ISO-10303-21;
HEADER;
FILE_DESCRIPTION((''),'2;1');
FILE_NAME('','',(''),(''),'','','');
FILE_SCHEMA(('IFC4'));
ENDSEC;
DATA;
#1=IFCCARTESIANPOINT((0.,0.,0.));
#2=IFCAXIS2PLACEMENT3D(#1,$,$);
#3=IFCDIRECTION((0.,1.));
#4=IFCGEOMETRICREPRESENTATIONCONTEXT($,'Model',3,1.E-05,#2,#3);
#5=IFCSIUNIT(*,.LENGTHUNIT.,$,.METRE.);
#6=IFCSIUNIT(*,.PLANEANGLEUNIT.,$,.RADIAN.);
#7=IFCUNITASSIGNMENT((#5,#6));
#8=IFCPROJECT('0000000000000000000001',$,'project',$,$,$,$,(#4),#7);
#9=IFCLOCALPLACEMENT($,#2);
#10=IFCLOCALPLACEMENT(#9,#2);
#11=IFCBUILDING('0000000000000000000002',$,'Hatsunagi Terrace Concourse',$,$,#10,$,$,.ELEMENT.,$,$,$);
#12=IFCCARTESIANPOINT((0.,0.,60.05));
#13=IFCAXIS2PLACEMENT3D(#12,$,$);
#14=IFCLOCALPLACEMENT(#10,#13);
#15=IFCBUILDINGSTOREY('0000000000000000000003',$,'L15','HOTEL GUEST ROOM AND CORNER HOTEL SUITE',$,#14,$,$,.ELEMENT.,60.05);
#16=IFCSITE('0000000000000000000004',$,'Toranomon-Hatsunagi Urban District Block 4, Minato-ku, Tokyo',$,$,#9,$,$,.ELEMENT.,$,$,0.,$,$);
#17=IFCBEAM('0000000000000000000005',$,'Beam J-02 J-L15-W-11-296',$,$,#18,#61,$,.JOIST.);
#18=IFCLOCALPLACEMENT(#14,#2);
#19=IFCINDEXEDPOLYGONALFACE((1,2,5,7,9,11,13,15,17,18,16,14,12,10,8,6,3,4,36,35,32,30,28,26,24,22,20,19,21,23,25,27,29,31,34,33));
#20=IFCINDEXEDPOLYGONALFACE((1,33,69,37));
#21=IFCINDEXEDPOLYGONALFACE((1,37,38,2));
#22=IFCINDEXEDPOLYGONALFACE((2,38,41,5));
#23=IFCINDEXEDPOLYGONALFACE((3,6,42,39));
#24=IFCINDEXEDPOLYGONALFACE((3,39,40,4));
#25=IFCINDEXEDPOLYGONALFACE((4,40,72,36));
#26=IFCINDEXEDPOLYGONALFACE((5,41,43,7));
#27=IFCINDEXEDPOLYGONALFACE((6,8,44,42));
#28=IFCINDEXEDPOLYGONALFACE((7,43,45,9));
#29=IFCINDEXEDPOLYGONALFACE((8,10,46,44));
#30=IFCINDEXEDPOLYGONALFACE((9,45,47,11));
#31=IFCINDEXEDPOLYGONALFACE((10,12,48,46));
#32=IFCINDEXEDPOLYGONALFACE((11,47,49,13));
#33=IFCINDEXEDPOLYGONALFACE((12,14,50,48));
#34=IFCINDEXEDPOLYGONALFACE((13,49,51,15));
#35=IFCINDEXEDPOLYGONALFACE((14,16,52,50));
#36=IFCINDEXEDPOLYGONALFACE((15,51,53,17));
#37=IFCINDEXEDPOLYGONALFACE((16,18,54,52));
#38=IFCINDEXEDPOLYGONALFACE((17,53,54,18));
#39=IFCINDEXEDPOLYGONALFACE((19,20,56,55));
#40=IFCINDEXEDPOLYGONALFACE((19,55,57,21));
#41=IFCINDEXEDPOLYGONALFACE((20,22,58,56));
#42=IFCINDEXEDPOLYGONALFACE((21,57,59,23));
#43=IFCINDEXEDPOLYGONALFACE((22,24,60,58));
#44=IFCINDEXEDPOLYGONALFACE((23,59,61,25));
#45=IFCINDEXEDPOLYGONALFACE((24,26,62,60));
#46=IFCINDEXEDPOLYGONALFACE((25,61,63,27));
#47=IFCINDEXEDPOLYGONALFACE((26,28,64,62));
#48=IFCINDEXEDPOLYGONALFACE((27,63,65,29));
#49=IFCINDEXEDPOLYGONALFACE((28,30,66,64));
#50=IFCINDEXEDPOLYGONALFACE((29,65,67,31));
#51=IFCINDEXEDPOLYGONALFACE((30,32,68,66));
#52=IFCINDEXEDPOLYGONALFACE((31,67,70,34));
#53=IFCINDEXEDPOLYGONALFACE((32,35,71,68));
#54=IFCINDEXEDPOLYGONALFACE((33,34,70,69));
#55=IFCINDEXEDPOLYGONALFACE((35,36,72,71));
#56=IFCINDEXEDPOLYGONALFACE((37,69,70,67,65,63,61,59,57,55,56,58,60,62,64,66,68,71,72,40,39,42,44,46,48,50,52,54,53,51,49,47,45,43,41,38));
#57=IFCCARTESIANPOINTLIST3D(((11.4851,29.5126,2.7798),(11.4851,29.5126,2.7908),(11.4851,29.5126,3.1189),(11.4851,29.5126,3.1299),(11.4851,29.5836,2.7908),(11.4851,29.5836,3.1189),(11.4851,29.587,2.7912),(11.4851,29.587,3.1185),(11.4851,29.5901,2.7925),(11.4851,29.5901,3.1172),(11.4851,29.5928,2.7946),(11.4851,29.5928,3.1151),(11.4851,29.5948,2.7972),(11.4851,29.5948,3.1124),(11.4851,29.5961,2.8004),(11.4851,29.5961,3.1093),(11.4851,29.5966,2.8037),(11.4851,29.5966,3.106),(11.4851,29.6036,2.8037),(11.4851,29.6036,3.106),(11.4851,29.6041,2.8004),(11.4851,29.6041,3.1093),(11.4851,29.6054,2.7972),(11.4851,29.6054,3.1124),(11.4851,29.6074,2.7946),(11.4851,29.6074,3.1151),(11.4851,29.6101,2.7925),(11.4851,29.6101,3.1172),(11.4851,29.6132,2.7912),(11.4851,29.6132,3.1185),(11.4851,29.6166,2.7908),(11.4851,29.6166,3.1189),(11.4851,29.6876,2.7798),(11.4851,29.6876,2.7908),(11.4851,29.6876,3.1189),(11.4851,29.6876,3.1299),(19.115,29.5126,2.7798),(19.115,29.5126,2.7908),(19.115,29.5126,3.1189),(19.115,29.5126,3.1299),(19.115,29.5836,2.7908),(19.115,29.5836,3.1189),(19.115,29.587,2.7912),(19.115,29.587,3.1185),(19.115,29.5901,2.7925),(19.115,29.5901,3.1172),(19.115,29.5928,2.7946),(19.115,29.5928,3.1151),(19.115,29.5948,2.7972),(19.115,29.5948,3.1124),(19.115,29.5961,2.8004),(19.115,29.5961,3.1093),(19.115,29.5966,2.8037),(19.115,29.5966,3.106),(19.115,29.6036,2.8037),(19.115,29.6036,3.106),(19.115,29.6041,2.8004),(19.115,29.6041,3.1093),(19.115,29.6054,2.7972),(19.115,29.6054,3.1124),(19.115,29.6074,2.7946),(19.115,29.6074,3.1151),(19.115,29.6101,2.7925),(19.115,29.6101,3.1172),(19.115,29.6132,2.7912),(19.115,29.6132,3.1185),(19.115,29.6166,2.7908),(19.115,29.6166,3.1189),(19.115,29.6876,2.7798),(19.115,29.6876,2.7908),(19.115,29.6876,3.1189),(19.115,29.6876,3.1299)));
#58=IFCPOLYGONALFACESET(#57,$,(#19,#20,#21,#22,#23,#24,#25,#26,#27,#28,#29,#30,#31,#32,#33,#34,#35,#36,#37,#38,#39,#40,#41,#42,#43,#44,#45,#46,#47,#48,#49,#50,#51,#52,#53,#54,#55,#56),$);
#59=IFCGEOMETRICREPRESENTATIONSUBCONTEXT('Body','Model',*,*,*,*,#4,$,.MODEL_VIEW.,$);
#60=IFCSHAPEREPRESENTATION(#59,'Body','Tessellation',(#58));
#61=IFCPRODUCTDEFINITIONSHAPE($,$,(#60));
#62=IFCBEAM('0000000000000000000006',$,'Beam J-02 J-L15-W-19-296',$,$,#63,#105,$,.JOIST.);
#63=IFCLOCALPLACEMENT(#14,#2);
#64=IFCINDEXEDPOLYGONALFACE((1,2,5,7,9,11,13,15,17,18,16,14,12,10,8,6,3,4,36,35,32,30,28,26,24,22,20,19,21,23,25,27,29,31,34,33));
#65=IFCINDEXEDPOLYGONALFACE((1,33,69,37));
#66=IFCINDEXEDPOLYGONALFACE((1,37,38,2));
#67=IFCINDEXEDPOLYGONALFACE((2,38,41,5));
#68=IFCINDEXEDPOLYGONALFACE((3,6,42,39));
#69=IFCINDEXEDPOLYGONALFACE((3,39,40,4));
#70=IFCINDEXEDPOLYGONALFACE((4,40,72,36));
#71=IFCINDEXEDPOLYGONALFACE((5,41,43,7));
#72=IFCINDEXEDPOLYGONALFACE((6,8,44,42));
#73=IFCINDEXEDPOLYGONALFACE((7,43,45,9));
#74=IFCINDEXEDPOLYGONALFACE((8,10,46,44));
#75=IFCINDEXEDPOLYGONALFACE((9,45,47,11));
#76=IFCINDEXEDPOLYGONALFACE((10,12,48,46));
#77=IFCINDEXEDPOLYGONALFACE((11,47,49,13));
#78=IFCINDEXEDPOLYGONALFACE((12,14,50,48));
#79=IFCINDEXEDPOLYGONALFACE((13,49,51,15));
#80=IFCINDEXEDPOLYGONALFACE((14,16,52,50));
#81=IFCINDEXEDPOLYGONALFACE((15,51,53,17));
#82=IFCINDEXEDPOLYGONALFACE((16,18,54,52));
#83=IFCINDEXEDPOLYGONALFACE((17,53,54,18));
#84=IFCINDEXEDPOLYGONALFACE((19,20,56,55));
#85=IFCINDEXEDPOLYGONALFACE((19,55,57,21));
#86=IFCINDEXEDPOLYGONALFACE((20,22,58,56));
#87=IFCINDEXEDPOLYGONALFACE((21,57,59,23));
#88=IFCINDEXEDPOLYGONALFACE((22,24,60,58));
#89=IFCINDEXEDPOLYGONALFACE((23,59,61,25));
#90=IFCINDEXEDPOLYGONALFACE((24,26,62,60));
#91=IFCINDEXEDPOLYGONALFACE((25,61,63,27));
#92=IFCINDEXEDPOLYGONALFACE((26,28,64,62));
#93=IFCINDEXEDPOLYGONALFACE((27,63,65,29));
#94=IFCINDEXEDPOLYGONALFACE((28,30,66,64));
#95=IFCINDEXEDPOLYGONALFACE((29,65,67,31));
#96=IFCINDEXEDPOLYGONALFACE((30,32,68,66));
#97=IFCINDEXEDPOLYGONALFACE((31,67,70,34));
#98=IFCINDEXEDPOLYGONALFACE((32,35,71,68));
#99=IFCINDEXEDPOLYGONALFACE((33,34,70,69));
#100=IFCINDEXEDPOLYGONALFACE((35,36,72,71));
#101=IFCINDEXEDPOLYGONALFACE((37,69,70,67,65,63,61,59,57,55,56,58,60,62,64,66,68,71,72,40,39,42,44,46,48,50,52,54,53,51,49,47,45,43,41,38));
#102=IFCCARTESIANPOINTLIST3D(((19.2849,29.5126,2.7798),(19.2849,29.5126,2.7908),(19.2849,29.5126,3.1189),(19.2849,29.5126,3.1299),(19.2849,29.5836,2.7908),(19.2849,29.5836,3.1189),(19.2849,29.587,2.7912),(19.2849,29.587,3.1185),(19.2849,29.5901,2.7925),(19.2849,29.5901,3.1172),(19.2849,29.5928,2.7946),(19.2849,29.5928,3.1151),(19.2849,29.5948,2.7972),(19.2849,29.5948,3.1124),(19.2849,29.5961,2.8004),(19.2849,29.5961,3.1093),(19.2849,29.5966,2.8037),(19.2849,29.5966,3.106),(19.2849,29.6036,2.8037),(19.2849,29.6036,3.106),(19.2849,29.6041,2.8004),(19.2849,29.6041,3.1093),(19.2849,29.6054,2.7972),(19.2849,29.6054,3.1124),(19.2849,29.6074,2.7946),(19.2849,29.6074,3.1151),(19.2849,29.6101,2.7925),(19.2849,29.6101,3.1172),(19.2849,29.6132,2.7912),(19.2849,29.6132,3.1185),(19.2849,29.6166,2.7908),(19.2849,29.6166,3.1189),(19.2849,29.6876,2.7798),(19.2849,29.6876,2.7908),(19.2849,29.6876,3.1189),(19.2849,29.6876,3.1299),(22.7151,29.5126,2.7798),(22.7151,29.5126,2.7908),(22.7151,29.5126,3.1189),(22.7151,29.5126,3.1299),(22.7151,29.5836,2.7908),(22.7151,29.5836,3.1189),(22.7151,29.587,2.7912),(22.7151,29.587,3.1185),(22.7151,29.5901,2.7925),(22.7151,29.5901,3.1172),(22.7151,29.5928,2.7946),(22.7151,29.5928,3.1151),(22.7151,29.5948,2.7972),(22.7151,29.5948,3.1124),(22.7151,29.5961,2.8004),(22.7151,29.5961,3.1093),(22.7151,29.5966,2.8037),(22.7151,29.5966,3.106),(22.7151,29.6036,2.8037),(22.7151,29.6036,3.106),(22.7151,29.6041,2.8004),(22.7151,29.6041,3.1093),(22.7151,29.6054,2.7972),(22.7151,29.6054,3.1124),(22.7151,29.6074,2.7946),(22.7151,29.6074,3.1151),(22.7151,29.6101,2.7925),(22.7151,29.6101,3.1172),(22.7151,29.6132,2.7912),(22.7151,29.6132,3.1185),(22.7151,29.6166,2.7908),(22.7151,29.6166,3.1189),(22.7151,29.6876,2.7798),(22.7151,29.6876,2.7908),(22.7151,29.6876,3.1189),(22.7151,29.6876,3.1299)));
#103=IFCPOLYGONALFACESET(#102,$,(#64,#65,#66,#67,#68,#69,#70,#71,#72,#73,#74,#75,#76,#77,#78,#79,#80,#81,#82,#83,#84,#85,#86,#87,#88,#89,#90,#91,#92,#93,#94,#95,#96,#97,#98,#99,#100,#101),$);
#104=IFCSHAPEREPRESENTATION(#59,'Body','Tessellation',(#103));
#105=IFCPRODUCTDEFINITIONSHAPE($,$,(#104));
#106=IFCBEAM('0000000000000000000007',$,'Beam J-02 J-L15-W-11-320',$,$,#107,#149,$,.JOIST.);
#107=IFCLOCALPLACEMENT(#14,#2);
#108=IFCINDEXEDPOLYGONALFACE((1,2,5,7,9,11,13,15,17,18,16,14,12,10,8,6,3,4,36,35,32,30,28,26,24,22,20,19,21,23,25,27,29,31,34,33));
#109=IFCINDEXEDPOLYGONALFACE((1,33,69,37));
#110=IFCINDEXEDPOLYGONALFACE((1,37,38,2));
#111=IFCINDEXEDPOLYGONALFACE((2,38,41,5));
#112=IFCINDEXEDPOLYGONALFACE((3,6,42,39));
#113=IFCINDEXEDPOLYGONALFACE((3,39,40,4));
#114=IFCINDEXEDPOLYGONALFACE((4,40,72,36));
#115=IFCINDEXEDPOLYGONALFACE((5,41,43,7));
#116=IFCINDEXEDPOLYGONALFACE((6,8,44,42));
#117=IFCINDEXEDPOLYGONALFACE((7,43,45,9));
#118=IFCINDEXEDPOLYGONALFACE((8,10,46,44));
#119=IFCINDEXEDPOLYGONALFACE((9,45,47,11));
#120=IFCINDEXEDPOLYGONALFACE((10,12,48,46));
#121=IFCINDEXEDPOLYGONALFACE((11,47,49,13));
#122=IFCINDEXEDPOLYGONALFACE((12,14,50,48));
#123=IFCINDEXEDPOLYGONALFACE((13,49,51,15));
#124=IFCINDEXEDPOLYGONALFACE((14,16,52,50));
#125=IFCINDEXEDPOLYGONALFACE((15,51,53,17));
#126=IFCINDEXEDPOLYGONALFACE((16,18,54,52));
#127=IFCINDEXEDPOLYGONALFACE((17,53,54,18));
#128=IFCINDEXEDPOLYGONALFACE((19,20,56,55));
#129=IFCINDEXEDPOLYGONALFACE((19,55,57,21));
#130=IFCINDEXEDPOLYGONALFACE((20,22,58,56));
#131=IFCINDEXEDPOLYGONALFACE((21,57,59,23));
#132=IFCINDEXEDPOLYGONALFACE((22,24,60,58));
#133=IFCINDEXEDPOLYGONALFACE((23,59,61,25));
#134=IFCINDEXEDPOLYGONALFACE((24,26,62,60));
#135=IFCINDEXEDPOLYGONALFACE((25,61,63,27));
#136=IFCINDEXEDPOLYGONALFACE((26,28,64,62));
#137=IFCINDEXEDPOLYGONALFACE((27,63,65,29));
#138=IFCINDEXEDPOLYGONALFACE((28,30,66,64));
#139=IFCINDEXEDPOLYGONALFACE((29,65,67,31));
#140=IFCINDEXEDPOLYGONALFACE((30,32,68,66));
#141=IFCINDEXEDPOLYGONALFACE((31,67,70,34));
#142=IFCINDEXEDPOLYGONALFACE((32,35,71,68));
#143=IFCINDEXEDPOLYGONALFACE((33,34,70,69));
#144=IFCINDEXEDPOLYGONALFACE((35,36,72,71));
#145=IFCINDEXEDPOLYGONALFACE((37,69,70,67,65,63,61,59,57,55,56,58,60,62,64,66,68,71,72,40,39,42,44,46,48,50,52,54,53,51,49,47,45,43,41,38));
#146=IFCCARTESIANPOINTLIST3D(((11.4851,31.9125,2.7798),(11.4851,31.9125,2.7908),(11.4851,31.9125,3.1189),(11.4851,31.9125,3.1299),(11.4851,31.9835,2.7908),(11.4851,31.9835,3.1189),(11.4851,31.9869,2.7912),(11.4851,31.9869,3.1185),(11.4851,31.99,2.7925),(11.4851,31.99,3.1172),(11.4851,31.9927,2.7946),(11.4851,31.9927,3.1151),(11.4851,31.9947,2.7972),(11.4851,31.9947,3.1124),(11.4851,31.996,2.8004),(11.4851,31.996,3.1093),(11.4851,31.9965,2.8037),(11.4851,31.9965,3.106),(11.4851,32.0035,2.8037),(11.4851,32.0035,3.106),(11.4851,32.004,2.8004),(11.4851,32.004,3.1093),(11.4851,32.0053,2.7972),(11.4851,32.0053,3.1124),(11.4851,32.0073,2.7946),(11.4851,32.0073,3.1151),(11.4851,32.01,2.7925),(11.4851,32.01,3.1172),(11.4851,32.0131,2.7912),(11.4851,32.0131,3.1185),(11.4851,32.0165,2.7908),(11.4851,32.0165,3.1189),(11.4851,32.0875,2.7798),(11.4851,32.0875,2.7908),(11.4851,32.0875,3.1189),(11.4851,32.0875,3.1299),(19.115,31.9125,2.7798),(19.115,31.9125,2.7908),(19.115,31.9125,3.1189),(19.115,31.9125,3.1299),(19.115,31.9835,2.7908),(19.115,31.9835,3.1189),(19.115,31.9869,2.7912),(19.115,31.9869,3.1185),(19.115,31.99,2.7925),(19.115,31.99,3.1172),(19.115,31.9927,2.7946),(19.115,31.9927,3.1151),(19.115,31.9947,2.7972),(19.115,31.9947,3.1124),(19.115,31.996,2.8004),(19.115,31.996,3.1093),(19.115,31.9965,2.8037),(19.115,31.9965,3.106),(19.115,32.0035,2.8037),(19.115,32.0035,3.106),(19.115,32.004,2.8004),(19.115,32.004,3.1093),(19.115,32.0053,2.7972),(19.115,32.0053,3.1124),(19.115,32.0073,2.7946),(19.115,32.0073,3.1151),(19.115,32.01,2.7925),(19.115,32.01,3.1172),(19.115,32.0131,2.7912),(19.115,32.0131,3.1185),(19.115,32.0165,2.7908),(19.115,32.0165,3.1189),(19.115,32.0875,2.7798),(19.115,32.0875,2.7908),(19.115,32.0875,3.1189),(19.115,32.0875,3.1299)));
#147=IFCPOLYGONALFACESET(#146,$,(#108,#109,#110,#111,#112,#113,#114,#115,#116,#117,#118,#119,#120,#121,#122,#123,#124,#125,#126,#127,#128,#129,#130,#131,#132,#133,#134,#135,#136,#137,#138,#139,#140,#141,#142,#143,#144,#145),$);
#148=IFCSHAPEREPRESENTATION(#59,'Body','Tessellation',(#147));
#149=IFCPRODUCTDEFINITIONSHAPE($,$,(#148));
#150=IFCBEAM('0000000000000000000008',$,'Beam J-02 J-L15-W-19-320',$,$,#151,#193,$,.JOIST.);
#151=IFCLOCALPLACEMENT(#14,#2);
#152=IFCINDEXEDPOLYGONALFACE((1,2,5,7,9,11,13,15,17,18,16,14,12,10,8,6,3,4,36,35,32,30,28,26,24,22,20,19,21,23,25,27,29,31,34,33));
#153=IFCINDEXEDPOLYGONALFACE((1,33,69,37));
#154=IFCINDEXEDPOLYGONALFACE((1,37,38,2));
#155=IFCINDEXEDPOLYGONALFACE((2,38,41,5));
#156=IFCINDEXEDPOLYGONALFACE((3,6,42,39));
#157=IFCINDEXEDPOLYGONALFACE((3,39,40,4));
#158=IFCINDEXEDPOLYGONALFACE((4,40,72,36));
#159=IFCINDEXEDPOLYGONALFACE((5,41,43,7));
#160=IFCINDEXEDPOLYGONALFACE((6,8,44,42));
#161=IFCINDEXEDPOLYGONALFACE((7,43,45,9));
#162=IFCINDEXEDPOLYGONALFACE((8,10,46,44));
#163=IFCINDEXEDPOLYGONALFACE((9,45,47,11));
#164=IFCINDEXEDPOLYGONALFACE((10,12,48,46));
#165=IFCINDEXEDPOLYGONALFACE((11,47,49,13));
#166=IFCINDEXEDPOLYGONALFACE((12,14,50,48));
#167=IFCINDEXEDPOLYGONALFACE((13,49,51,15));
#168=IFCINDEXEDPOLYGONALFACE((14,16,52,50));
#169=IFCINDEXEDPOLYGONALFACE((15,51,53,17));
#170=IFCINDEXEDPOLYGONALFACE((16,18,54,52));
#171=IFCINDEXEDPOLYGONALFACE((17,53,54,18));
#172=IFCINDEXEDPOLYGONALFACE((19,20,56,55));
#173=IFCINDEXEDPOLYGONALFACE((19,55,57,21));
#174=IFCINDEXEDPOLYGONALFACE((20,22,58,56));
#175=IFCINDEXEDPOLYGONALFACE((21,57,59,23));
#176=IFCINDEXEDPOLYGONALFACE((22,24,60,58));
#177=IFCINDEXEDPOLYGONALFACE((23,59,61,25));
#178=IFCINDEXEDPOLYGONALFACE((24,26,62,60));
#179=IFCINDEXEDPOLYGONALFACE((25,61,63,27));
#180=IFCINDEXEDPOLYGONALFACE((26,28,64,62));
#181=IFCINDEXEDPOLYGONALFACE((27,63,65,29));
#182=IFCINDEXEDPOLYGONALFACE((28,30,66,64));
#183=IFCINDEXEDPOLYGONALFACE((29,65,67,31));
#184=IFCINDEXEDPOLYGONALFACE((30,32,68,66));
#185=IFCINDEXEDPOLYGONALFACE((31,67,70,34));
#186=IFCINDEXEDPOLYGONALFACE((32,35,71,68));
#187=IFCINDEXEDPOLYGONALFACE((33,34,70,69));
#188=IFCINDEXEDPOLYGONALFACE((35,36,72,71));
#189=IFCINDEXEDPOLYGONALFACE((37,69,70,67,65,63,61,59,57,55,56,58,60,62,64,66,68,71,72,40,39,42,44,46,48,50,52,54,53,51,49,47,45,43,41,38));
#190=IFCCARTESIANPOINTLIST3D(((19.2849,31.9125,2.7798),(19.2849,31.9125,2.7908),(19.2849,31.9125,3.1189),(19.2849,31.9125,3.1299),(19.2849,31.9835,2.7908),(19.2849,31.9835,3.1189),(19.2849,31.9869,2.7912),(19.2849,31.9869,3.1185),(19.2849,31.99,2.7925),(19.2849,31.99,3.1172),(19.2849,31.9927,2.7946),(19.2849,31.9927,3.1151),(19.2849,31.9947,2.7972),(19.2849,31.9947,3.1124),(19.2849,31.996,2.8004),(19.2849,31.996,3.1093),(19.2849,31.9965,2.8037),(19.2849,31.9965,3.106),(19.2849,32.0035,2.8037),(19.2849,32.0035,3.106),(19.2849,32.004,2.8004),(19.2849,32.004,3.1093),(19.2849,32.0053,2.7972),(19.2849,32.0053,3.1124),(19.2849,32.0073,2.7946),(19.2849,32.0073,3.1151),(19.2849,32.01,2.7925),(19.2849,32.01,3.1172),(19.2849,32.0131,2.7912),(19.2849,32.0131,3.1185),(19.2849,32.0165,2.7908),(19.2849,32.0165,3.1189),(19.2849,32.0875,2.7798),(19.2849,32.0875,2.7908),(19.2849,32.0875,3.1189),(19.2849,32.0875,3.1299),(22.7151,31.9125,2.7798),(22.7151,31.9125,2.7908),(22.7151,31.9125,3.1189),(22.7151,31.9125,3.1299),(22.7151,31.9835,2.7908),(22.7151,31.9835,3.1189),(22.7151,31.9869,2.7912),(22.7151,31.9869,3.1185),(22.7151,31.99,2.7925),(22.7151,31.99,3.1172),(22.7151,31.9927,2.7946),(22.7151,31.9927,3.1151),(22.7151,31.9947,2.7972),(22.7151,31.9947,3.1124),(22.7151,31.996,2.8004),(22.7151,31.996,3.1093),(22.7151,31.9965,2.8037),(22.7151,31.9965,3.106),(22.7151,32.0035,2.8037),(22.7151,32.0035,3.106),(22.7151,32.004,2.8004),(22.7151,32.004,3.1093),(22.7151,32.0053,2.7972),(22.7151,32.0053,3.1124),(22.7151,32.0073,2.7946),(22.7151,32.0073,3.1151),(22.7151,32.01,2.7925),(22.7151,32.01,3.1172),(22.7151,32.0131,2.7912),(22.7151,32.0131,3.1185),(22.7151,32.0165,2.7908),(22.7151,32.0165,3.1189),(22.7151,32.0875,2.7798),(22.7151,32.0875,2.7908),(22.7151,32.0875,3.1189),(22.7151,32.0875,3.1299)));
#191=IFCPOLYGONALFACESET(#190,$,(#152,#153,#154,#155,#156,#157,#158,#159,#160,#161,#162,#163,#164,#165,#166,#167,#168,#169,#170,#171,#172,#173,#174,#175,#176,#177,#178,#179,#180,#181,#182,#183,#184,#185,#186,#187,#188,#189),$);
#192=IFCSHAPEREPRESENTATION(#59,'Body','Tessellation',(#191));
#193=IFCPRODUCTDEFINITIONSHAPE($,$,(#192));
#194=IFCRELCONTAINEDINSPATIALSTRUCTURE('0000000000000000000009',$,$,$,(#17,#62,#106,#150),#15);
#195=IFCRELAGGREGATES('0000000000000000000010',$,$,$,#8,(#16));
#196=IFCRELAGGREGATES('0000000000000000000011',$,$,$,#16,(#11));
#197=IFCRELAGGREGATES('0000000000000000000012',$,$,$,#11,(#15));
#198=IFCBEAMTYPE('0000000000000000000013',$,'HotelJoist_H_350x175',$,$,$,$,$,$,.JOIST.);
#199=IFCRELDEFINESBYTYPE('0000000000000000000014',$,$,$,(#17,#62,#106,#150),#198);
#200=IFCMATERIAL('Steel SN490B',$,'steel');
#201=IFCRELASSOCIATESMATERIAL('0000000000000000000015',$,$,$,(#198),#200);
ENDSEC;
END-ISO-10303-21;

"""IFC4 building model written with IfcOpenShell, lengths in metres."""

from ifc_helpers import new_model, si_unit, direction, frame, origin, origin_2d, place, context, subcontext, project, spatial, i_section, extrude, material, material_profile, profile_set, type_object, element, save


model = new_model("IFC4")

# Units and contexts
model_context = context("Model", 3, precision=1e-05, world=origin(), true_north=direction((0.0, 1.0)))
body_context = subcontext(model_context, "Body", "Model", "MODEL_VIEW")
ifc_project = project(units=[si_unit("LENGTHUNIT", "METRE"), si_unit("PLANEANGLEUNIT", "RADIAN")], contexts=[model_context])

# Site, building, storey
site_placement = place(None, origin())
site = spatial("IfcSite", under=ifc_project, at=site_placement, Name="Toranomon-Hatsunagi Urban District Block 4, Minato-ku, Tokyo", CompositionType="ELEMENT", RefElevation=0.0)
building_placement = place(site_placement, origin())
building = spatial("IfcBuilding", under=site, at=building_placement, Name="Hatsunagi Terrace Concourse", CompositionType="ELEMENT")
storey_placement = place(building_placement, frame((0.0, 0.0, 60.05)))
storey = spatial("IfcBuildingStorey", under=building, at=storey_placement, Name="L15", Description="HOTEL GUEST ROOM AND CORNER HOTEL SUITE", CompositionType="ELEMENT", Elevation=60.05)

# Beams
ifc_material_1 = material(Name="Steel SN490B", Category="steel")
ifc_material_profile_1 = material_profile(ifc_material_1, i_section(OverallWidth=0.175, OverallDepth=0.3501, WebThickness=0.0071, FlangeThickness=0.011, FilletRadius=0.0129, at=origin_2d()), Name="H-350x175x7x11")
ifc_profile_set_1 = profile_set([ifc_material_profile_1], Name="Steel SN490B")
beam_type_1 = type_object("IfcBeamType", Name="HotelJoist_H_350x175", PredefinedType="JOIST", material=ifc_profile_set_1)
beam_1_placement = place(storey_placement, frame((11.4851, 29.6001, 2.9548), z_axis=(1.0, 0.0, 0.0), x_axis=(0.0, 1.0, 0.0)))
element("IfcBeam", 1, at=beam_1_placement, inside=storey, type_object=beam_type_1, Name="Beam J-02 J-L15-W-11-296", PredefinedType="JOIST", context=body_context, shape_type="SweptSolid", body=[
    extrude(i_section(OverallWidth=0.175, OverallDepth=0.3501, WebThickness=0.0071, FlangeThickness=0.011, FilletRadius=0.0129, at=origin_2d()), origin(), (0.0, 0.0, 1.0), 7.6299),
])
beam_2_placement = place(storey_placement, frame((19.2849, 29.6001, 2.9548), z_axis=(1.0, 0.0, 0.0), x_axis=(0.0, 1.0, 0.0)))
element("IfcBeam", 2, at=beam_2_placement, inside=storey, type_object=beam_type_1, Name="Beam J-02 J-L15-W-19-296", PredefinedType="JOIST", context=body_context, shape_type="SweptSolid", body=[
    extrude(i_section(OverallWidth=0.175, OverallDepth=0.3501, WebThickness=0.0071, FlangeThickness=0.011, FilletRadius=0.0129, at=origin_2d()), origin(), (0.0, 0.0, 1.0), 3.4302),
])
beam_3_placement = place(storey_placement, frame((11.4851, 32.0, 2.9548), z_axis=(1.0, 0.0, 0.0), x_axis=(0.0, 1.0, 0.0)))
element("IfcBeam", 3, at=beam_3_placement, inside=storey, type_object=beam_type_1, Name="Beam J-02 J-L15-W-11-320", PredefinedType="JOIST", context=body_context, shape_type="SweptSolid", body=[
    extrude(i_section(OverallWidth=0.175, OverallDepth=0.3501, WebThickness=0.0071, FlangeThickness=0.011, FilletRadius=0.0129, at=origin_2d()), origin(), (0.0, 0.0, 1.0), 7.6299),
])
beam_4_placement = place(storey_placement, frame((19.2849, 32.0, 2.9548), z_axis=(1.0, 0.0, 0.0), x_axis=(0.0, 1.0, 0.0)))
element("IfcBeam", 4, at=beam_4_placement, inside=storey, type_object=beam_type_1, Name="Beam J-02 J-L15-W-19-320", PredefinedType="JOIST", context=body_context, shape_type="SweptSolid", body=[
    extrude(i_section(OverallWidth=0.175, OverallDepth=0.3501, WebThickness=0.0071, FlangeThickness=0.011, FilletRadius=0.0129, at=origin_2d()), origin(), (0.0, 0.0, 1.0), 3.4302),
])

save(model, "model.ifc")
